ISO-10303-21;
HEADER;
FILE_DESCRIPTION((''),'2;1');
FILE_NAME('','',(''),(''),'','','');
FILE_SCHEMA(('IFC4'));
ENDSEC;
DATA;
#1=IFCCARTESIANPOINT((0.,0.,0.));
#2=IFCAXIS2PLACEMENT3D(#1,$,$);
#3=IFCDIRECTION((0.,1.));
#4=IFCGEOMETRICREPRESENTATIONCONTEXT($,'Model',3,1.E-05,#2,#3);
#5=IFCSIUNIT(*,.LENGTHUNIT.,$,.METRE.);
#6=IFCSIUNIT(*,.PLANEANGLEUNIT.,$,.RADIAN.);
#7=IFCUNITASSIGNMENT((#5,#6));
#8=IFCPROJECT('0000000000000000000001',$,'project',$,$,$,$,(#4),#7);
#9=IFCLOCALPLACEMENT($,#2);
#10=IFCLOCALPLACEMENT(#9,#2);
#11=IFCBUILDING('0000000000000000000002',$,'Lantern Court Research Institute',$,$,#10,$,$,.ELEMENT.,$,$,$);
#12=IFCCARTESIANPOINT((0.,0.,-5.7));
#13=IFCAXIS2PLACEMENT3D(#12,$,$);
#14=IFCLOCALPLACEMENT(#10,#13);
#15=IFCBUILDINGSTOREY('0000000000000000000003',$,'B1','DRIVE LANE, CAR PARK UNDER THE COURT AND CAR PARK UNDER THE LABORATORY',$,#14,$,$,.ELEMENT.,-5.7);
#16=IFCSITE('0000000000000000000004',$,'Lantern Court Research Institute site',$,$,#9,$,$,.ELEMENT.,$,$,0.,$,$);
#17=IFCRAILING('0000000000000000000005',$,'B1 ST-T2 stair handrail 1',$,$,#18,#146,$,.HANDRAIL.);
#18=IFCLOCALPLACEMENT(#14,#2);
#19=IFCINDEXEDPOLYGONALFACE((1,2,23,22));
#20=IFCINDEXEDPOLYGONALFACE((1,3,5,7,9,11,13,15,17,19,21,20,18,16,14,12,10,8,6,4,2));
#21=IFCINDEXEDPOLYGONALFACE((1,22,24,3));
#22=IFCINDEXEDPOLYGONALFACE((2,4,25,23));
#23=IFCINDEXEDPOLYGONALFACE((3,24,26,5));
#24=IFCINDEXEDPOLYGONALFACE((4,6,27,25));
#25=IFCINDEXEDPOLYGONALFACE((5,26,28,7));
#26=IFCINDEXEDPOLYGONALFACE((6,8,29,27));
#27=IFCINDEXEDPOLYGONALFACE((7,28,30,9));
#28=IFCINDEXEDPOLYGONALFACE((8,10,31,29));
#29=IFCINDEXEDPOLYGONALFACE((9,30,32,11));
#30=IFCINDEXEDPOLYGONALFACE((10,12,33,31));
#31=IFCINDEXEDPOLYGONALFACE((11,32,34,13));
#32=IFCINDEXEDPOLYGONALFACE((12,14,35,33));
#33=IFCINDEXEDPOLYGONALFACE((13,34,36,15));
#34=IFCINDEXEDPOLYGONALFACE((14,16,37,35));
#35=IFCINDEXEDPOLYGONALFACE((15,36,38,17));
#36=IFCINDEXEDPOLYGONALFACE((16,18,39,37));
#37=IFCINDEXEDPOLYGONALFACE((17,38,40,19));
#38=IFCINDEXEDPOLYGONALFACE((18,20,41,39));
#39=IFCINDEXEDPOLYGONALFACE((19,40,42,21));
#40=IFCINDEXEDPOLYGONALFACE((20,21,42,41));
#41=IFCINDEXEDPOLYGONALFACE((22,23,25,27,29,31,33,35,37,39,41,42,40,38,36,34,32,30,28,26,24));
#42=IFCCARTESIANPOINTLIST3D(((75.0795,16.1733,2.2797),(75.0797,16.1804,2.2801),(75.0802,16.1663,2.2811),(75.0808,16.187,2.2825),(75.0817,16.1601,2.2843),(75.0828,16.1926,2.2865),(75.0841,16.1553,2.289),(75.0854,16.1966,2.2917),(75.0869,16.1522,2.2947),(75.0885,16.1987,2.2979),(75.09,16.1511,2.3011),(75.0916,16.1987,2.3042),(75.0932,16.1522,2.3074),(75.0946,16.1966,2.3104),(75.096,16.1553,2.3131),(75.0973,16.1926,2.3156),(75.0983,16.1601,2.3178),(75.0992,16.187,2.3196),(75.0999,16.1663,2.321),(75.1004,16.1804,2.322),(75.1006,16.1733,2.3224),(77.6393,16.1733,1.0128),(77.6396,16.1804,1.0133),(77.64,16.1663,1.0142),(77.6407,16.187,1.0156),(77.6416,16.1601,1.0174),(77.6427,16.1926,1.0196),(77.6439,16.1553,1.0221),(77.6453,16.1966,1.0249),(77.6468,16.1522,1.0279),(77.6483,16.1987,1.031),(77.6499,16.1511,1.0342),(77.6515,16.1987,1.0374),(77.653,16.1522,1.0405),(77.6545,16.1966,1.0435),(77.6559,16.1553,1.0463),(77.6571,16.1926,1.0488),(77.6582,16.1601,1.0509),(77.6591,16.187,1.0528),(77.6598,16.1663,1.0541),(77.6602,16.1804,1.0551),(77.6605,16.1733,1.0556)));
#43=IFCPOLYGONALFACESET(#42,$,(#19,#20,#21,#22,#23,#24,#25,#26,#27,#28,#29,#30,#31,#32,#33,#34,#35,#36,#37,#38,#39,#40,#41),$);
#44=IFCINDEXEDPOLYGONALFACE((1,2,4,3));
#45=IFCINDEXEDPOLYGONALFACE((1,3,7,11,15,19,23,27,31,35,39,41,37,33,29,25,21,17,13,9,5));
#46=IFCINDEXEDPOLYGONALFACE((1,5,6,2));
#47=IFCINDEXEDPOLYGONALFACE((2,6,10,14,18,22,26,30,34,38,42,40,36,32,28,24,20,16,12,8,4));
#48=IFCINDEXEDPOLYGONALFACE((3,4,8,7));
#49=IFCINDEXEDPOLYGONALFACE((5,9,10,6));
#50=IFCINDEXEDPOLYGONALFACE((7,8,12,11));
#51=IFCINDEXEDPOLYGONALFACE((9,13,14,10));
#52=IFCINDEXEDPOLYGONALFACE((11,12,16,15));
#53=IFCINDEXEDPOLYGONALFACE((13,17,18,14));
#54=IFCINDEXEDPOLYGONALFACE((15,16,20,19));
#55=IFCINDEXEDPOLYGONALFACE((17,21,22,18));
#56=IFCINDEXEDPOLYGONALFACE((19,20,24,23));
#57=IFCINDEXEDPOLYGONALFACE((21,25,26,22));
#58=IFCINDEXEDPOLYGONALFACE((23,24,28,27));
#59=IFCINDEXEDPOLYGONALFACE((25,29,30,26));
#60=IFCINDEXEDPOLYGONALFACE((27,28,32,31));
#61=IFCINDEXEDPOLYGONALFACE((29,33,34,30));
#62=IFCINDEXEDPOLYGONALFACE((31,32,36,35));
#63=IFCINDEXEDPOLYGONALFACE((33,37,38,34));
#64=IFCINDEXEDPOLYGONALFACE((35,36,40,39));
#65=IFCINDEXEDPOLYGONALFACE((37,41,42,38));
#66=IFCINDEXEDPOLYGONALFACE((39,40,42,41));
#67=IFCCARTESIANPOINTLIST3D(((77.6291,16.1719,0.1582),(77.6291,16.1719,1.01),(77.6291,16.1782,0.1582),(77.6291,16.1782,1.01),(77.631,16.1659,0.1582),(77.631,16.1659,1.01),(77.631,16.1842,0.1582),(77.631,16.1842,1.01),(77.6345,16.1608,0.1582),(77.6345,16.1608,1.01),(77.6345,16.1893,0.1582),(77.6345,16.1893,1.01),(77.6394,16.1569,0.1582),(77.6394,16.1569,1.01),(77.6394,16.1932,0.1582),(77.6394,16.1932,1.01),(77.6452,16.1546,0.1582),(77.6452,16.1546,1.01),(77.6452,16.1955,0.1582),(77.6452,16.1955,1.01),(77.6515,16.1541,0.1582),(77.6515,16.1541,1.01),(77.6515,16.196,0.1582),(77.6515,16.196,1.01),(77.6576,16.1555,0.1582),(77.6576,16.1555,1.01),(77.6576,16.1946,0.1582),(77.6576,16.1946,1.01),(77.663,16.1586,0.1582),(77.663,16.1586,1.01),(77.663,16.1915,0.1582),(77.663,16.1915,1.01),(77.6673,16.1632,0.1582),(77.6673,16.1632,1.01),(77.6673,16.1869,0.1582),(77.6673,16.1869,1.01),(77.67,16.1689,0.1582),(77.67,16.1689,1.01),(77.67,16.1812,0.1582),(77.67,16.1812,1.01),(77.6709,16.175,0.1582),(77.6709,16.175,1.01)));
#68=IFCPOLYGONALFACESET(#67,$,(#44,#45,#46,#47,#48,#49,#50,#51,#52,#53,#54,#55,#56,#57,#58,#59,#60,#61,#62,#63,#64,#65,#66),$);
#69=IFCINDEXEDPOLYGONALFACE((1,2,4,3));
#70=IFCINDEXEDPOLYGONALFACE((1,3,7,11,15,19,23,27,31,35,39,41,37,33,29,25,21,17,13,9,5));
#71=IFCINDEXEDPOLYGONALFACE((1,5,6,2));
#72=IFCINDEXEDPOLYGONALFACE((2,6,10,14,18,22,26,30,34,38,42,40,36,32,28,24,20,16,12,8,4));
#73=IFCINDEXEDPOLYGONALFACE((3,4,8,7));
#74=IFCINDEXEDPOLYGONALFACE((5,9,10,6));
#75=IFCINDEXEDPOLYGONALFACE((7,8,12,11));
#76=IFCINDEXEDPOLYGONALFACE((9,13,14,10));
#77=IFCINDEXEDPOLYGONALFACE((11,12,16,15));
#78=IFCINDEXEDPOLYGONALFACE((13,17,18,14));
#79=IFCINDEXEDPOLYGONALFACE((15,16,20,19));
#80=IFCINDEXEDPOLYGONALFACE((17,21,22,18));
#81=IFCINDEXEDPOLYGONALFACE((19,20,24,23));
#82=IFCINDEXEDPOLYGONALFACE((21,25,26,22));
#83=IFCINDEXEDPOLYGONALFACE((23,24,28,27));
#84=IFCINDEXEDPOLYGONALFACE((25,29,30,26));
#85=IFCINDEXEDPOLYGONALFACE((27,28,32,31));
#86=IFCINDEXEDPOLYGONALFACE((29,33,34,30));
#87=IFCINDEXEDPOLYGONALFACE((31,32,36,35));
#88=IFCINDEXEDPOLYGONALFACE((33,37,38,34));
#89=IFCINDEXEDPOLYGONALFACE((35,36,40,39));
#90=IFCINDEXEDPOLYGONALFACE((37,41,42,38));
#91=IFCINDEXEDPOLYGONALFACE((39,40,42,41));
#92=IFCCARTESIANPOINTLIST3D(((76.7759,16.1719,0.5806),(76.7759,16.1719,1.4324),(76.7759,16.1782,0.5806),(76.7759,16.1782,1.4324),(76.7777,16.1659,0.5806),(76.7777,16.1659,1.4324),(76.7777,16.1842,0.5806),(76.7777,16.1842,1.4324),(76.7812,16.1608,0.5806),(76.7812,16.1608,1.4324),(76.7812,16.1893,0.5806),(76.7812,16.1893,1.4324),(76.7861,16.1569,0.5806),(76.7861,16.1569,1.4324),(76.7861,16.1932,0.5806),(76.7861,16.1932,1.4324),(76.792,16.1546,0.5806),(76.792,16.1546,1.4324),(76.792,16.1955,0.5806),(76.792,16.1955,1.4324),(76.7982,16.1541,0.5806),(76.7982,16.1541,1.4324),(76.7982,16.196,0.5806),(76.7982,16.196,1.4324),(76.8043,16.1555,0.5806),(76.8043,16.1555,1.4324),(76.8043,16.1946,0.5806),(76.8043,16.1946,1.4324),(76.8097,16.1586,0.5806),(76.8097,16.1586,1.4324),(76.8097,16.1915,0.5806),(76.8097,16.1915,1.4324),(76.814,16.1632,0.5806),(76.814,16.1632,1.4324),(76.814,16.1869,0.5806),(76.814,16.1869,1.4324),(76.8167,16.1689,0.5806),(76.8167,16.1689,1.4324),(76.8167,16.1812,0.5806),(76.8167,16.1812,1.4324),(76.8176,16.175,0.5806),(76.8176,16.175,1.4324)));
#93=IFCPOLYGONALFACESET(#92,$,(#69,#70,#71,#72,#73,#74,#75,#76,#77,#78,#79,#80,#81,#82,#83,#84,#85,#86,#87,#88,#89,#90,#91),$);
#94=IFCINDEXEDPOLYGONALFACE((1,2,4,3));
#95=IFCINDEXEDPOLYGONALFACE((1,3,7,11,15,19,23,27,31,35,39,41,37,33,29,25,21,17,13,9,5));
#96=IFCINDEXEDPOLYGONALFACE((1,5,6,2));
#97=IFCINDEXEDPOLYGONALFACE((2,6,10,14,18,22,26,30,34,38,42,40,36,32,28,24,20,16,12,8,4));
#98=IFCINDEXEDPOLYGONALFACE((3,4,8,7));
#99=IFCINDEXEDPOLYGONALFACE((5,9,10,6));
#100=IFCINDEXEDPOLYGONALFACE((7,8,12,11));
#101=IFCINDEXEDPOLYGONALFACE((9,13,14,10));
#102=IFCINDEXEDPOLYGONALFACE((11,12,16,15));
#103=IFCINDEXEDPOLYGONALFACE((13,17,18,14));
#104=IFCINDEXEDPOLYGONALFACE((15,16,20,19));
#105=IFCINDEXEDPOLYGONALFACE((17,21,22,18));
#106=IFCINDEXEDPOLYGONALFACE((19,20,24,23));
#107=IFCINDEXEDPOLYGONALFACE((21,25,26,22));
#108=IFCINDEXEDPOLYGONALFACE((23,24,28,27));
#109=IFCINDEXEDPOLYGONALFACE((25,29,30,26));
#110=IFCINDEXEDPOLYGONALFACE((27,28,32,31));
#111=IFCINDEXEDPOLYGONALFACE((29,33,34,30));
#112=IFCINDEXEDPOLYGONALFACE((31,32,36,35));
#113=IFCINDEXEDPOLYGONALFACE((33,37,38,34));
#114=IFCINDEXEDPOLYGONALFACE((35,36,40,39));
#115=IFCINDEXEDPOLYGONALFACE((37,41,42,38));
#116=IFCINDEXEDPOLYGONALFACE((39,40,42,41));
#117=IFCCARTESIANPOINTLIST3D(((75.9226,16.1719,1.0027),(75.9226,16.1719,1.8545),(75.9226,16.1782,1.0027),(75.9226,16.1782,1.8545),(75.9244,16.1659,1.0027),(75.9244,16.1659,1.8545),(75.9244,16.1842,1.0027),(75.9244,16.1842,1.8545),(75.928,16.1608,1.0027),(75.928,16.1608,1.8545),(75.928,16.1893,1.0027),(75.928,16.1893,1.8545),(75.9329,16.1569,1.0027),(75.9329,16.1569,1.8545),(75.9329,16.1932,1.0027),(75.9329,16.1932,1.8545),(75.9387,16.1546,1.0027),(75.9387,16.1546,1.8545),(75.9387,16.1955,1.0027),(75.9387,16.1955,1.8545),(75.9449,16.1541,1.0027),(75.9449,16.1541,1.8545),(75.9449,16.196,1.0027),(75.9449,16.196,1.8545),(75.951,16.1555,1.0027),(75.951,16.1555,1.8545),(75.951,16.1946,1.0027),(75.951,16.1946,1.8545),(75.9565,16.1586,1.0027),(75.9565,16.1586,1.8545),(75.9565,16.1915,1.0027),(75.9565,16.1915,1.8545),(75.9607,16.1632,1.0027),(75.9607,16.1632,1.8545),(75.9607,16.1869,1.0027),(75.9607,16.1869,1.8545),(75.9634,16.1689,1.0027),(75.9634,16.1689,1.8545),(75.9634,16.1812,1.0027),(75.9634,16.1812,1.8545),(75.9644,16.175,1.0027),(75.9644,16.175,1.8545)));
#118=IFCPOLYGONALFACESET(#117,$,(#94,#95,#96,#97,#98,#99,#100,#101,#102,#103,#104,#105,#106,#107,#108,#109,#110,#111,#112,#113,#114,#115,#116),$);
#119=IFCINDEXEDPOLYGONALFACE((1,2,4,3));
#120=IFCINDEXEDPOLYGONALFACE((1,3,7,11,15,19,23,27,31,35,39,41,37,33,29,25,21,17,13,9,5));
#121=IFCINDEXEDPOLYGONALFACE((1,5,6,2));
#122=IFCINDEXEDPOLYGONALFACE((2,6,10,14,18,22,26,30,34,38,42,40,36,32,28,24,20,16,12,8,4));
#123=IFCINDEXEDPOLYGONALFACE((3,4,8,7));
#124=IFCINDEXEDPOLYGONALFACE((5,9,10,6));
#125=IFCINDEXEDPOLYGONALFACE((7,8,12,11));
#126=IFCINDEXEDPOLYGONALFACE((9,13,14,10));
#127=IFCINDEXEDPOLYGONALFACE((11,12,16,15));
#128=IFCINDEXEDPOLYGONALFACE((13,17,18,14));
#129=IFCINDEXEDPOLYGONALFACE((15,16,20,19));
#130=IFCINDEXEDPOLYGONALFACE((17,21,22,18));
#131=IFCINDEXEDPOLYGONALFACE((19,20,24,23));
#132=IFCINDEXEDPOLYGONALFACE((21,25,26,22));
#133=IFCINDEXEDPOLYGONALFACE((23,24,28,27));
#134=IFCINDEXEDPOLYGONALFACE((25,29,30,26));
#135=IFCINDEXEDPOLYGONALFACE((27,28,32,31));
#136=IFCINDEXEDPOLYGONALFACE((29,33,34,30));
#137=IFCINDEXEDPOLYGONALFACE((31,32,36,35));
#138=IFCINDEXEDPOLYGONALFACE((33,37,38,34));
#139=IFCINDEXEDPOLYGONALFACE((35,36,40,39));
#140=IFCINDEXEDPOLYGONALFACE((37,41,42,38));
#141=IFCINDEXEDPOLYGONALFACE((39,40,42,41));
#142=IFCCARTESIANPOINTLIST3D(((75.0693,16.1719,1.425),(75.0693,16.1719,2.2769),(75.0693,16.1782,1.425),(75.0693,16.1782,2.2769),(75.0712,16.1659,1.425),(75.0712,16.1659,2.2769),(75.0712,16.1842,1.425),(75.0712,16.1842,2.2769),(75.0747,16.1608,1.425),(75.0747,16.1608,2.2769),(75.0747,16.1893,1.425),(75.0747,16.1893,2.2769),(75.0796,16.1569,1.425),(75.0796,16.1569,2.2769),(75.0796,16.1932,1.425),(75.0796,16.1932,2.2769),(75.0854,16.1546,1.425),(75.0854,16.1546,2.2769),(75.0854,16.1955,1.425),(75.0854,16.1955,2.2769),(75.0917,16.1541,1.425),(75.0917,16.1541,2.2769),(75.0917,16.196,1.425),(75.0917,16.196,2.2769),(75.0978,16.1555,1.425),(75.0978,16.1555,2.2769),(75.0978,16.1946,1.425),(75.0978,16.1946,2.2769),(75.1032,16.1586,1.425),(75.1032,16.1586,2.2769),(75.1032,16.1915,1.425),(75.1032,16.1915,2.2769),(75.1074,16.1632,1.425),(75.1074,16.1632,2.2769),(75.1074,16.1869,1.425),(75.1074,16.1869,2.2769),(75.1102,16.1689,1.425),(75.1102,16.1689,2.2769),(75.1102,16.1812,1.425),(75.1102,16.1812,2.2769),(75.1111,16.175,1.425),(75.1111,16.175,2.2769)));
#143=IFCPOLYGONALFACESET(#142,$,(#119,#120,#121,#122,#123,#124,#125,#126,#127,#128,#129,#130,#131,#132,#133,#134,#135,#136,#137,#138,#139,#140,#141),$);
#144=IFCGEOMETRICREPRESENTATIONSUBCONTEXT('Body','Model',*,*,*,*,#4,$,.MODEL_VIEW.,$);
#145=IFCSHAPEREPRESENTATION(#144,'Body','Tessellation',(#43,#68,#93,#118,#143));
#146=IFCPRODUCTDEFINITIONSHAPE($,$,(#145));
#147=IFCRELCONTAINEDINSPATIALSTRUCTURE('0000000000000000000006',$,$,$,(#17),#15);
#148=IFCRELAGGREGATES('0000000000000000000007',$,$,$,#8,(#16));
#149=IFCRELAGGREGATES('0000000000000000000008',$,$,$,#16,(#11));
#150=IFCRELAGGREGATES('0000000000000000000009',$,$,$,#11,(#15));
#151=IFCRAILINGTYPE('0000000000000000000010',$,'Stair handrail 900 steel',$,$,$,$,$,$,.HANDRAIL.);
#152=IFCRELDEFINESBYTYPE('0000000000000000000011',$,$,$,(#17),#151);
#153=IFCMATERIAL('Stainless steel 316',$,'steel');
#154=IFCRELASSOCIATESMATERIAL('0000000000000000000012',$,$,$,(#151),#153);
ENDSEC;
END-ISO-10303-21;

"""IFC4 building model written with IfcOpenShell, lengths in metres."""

from ifc_helpers import new_model, si_unit, direction, frame, origin, origin_2d, place, context, subcontext, project, spatial, circle, extrude, material, type_object, element, save


model = new_model("IFC4")

# Units and contexts
model_context = context("Model", 3, precision=1e-05, world=origin(), true_north=direction((0.0, 1.0)))
body_context = subcontext(model_context, "Body", "Model", "MODEL_VIEW")
ifc_project = project(units=[si_unit("LENGTHUNIT", "METRE"), si_unit("PLANEANGLEUNIT", "RADIAN")], contexts=[model_context])

# Site, building, storey
site_placement = place(None, origin())
site = spatial("IfcSite", under=ifc_project, at=site_placement, Name="Lantern Court Research Institute site", CompositionType="ELEMENT", RefElevation=0.0)
building_placement = place(site_placement, origin())
building = spatial("IfcBuilding", under=site, at=building_placement, Name="Lantern Court Research Institute", CompositionType="ELEMENT")
storey_placement = place(building_placement, frame((0.0, 0.0, -5.7)))
storey = spatial("IfcBuildingStorey", under=building, at=storey_placement, Name="B1", Description="DRIVE LANE, CAR PARK UNDER THE COURT AND CAR PARK UNDER THE LABORATORY", CompositionType="ELEMENT", Elevation=-5.7)

# Railing
ifc_material_1 = material(Name="Stainless steel 316", Category="steel")
railing_type_1 = type_object("IfcRailingType", Name="Stair handrail 900 steel", PredefinedType="HANDRAIL", material=ifc_material_1)
railing_1_placement = place(storey_placement, frame((77.6499, 16.175, 0.1582)))
element("IfcRailing", 1, at=railing_1_placement, inside=storey, type_object=railing_type_1, Name="B1 ST-T2 stair handrail 1", PredefinedType="HANDRAIL", context=body_context, shape_type="SweptSolid", body=[
    extrude(circle(Radius=0.0239, at=origin_2d()), frame((0.0, 0.0, 0.876), z_axis=(-0.896249, 0.0, 0.443551), x_axis=(0.0, -1.0, 0.0)), (0.0, 0.0, 1.0), 2.8562),
    extrude(circle(Radius=0.021, at=origin_2d()), origin(), (0.0, 0.0, 1.0), 0.8518),
    extrude(circle(Radius=0.021, at=origin_2d()), frame((-0.8533, 0.0, 0.4224)), (0.0, 0.0, 1.0), 0.8518),
    extrude(circle(Radius=0.021, at=origin_2d()), frame((-1.7065, 0.0, 0.8445)), (0.0, 0.0, 1.0), 0.8518),
    extrude(circle(Radius=0.021, at=origin_2d()), frame((-2.5598, 0.0, 1.2668)), (0.0, 0.0, 1.0), 0.8518),
])

save(model, "model.ifc")
